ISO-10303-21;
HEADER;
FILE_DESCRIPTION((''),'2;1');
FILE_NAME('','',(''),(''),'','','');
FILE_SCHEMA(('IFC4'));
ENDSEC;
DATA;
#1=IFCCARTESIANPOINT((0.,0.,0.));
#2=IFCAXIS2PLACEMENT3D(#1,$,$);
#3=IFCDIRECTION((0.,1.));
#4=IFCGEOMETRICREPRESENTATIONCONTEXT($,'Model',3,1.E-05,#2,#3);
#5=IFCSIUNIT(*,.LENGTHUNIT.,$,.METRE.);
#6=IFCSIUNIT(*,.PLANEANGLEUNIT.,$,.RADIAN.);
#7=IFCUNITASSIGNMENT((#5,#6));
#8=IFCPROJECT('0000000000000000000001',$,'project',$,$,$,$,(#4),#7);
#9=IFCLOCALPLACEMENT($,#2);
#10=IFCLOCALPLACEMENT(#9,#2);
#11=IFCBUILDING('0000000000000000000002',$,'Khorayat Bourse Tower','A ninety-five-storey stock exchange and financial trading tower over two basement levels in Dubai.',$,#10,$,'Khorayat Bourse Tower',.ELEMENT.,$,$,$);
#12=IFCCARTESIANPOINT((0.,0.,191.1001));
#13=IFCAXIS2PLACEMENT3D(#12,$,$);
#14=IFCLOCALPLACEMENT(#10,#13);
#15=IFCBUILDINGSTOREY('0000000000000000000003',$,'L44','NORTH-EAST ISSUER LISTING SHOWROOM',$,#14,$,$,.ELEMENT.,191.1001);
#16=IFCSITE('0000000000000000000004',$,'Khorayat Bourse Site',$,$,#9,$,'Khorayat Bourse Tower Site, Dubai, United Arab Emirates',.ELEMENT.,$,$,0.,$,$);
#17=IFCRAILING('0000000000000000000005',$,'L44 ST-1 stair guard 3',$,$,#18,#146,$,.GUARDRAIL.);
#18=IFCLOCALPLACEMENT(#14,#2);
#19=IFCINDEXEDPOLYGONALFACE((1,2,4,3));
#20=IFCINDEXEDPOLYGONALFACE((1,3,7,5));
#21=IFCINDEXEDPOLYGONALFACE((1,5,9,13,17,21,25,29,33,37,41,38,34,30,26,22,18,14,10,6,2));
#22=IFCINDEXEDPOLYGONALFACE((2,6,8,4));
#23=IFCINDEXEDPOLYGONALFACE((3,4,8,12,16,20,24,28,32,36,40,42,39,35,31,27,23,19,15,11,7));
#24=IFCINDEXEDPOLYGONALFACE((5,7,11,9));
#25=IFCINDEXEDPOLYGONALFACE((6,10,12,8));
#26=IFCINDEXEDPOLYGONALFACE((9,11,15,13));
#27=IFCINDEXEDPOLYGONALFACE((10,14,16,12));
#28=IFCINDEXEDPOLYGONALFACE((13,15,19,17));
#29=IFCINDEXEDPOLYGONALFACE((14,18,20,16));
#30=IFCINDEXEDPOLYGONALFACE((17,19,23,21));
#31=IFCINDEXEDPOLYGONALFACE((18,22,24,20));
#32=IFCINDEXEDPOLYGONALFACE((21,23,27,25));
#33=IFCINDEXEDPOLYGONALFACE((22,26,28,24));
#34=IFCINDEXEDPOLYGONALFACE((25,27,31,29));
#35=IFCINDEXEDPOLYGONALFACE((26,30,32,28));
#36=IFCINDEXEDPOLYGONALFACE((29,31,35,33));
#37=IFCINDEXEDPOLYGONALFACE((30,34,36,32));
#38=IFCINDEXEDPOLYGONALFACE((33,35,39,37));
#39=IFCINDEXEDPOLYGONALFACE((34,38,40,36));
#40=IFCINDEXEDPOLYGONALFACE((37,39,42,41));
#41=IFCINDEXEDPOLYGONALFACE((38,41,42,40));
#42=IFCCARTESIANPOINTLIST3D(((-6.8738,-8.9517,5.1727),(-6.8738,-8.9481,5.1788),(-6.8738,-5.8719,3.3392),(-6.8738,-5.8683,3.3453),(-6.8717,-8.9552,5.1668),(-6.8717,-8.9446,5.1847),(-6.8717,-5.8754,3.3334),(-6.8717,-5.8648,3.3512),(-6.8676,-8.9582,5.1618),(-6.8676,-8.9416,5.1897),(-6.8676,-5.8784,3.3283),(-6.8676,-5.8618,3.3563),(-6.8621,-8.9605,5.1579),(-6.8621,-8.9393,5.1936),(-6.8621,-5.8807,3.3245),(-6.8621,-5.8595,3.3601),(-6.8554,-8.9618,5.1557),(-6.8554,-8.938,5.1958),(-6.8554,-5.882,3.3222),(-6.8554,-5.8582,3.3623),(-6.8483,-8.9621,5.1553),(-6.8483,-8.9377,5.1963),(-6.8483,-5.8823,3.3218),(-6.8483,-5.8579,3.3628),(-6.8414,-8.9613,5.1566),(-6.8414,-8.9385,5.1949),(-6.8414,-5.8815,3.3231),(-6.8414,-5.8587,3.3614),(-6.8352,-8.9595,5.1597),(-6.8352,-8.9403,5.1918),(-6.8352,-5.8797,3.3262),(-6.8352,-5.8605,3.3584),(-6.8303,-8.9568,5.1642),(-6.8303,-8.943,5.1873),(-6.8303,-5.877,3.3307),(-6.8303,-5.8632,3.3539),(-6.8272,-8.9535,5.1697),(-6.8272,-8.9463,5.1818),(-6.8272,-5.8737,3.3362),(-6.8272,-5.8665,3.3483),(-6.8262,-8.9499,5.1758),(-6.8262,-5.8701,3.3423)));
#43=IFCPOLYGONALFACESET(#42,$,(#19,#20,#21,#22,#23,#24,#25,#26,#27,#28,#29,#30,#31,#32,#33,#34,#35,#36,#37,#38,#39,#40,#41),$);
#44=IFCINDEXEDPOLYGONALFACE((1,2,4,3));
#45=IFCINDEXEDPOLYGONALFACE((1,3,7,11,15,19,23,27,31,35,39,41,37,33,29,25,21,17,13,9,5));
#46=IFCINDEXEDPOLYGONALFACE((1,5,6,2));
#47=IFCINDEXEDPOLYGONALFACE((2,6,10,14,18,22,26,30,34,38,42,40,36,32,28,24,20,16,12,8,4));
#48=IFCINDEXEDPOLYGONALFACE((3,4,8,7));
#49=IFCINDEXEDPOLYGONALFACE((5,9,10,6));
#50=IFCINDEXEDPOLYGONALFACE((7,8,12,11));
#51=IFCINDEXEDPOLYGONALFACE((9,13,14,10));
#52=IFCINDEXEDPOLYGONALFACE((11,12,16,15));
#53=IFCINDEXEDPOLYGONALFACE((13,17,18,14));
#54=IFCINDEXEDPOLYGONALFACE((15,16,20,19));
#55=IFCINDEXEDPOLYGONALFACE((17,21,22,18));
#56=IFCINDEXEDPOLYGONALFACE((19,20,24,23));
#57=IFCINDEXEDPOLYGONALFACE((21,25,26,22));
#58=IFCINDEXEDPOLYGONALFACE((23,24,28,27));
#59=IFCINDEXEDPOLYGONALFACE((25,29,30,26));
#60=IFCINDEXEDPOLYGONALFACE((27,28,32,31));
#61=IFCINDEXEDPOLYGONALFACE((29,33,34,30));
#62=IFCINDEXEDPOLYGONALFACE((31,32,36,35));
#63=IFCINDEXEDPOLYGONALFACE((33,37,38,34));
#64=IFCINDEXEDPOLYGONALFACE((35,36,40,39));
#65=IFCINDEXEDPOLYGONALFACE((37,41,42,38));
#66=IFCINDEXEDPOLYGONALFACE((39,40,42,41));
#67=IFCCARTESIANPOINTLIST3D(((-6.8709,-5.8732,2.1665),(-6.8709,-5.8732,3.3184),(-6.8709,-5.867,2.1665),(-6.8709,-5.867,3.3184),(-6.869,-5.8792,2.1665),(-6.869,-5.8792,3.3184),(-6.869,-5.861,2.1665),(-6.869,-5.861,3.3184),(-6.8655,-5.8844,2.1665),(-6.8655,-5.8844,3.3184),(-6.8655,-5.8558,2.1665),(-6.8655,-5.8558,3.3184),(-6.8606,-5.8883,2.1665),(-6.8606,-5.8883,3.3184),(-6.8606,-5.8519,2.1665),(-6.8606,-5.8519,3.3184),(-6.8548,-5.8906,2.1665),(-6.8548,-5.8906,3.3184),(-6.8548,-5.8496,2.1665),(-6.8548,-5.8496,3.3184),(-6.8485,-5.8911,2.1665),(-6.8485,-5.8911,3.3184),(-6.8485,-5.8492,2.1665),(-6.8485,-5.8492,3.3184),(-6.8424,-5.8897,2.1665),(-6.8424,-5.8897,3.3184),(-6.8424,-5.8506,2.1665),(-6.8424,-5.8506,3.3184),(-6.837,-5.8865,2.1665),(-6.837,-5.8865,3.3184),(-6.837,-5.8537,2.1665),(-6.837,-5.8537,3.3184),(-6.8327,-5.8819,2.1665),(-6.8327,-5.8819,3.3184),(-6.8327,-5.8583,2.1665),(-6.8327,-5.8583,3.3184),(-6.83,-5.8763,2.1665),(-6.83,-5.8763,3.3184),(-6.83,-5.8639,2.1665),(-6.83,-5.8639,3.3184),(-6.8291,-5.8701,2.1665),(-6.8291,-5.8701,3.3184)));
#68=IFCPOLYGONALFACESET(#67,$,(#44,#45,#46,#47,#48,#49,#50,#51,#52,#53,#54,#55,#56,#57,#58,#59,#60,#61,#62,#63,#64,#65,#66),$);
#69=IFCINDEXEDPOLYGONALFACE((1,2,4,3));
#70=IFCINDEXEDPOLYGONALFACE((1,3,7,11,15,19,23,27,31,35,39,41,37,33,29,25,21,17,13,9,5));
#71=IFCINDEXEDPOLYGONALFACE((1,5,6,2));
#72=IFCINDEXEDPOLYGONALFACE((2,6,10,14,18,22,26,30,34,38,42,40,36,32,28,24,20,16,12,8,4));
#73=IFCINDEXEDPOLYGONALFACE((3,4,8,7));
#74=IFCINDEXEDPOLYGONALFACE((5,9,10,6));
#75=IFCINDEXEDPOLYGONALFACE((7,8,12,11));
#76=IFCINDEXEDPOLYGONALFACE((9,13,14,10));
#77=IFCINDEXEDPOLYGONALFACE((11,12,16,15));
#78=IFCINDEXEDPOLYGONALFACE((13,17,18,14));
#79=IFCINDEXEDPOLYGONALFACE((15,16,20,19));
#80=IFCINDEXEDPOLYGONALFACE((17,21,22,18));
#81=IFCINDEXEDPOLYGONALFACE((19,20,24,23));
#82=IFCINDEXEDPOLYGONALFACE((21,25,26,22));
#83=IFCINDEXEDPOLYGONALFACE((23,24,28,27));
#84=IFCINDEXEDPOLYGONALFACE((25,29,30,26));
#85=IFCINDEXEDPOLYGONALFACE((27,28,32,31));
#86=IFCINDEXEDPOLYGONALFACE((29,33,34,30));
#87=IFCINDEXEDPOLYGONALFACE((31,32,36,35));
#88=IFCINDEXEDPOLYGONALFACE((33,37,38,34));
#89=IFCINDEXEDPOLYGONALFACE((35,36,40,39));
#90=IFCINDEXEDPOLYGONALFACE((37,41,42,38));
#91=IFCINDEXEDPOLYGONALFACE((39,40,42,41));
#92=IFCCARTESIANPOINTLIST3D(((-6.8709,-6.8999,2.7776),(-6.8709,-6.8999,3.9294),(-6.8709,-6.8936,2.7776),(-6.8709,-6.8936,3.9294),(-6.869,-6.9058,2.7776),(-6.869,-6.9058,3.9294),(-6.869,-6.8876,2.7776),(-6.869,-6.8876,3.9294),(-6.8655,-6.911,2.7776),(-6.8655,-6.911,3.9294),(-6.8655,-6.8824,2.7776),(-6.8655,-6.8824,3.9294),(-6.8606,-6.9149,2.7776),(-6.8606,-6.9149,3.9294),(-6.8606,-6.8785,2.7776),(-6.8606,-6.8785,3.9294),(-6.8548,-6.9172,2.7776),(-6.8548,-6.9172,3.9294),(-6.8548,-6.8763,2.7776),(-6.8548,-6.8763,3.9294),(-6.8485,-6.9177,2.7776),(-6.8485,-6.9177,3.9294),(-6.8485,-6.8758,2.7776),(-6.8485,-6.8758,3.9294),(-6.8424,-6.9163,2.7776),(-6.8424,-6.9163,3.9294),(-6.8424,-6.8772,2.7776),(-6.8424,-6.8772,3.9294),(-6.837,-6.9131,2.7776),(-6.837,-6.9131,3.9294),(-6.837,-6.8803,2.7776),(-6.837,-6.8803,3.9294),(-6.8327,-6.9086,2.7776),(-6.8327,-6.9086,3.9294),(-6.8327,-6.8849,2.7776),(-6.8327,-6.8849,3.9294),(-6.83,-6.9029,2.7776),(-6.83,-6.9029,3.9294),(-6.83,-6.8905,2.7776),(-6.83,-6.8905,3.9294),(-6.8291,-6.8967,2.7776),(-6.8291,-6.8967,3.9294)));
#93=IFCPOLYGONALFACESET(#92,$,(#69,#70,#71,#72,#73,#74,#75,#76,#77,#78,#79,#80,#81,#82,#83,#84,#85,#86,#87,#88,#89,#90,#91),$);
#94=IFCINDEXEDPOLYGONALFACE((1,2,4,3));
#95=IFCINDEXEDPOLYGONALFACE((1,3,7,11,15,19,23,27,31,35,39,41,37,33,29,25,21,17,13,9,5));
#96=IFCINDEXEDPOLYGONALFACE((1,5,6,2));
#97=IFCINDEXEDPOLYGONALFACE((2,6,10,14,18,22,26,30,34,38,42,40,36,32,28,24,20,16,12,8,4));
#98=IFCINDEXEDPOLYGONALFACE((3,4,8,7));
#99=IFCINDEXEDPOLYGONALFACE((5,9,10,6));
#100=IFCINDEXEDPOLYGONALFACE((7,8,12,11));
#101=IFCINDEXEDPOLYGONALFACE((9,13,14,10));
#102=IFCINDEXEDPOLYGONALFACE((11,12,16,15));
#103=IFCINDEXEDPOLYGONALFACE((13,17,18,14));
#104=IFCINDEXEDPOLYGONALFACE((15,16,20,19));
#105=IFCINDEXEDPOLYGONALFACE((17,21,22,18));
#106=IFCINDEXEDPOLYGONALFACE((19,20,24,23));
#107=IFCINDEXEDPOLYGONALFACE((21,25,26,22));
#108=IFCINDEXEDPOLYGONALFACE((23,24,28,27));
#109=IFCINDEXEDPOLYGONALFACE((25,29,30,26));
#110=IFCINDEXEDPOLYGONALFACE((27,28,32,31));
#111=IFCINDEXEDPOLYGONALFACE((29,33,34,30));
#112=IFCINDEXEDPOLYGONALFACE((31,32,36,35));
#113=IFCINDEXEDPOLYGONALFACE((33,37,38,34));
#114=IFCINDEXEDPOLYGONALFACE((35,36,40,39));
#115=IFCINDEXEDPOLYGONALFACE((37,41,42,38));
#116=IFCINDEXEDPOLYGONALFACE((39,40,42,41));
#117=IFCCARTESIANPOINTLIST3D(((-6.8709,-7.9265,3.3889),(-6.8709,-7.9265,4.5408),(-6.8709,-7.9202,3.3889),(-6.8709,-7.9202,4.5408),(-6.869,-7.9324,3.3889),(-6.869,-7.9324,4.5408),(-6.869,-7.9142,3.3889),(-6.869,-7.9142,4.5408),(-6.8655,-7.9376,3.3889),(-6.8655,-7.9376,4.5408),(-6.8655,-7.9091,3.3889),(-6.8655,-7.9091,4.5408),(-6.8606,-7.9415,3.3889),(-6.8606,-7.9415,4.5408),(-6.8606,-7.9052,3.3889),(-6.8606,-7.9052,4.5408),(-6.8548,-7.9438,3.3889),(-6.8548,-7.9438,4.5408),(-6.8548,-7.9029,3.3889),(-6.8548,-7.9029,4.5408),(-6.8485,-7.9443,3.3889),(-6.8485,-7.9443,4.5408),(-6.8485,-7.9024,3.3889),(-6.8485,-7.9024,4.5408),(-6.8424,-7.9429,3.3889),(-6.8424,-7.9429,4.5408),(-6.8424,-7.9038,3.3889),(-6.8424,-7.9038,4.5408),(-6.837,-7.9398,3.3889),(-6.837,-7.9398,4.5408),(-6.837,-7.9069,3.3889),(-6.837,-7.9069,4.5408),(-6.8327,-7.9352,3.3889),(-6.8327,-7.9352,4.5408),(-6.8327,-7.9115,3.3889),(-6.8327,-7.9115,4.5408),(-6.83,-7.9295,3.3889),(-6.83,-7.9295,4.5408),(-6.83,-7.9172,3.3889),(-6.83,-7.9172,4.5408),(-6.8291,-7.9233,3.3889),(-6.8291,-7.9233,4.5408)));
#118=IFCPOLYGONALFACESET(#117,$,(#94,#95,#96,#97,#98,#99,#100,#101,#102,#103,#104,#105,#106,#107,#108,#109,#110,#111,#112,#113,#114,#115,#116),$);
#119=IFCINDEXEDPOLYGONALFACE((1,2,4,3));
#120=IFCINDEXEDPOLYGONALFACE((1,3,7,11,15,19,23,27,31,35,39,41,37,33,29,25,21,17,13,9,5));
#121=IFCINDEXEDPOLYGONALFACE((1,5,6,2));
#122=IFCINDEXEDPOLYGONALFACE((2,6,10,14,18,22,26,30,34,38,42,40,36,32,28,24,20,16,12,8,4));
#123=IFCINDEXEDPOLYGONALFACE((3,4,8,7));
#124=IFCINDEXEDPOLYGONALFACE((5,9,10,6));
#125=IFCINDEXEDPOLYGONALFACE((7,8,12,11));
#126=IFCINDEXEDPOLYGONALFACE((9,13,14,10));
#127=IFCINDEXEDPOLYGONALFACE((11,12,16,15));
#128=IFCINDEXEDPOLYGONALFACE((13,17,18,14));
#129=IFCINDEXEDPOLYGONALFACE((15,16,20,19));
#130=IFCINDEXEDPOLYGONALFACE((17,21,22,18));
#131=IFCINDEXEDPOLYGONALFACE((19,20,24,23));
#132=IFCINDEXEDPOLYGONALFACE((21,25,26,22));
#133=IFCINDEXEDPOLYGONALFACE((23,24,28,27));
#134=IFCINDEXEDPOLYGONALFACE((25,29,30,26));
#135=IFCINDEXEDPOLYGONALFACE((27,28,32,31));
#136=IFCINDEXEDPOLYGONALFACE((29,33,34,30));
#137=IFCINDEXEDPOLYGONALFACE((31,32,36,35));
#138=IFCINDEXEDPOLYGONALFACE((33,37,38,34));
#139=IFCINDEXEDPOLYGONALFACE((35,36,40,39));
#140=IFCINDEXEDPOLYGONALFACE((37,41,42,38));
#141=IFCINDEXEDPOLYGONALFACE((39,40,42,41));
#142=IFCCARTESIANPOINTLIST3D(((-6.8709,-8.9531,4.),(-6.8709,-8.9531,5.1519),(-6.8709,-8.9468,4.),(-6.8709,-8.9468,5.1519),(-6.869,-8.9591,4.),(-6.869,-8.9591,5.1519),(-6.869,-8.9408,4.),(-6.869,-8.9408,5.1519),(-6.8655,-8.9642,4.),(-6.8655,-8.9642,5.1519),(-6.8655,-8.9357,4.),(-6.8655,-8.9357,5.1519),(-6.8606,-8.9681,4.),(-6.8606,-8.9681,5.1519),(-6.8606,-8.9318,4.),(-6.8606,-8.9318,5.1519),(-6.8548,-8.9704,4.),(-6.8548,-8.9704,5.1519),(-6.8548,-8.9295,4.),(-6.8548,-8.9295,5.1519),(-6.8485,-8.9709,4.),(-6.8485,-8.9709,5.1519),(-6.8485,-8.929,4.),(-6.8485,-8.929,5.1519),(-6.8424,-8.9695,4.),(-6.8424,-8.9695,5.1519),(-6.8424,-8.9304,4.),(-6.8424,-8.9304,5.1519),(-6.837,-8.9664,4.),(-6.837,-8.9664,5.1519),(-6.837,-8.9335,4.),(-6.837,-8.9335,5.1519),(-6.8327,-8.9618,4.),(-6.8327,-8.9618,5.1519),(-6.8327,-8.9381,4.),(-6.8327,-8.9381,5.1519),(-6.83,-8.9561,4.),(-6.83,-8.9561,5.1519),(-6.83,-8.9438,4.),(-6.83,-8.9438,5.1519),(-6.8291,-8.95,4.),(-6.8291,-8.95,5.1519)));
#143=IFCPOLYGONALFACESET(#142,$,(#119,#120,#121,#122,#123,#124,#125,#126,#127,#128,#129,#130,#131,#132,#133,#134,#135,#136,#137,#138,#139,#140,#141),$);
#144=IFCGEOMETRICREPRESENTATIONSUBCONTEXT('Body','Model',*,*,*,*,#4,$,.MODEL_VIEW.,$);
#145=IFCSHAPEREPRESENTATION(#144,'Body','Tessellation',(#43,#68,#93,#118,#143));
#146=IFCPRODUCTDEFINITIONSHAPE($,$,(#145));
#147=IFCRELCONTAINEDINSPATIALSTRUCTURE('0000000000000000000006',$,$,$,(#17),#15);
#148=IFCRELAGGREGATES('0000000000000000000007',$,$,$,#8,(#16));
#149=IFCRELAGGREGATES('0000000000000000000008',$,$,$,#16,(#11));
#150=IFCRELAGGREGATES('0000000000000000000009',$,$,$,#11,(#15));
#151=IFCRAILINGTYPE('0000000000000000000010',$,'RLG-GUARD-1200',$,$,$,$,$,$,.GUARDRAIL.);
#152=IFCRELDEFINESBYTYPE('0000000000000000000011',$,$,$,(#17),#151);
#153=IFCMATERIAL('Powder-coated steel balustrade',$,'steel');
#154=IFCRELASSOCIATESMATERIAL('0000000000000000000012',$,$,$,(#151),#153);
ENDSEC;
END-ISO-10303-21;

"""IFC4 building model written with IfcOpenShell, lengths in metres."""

from ifc_helpers import new_model, si_unit, direction, frame, origin, origin_2d, place, context, subcontext, project, spatial, circle, extrude, source, transform, mapped, material, type_object, element, save


model = new_model("IFC4")

# Units and contexts
model_context = context("Model", 3, precision=1e-05, world=origin(), true_north=direction((0.0, 1.0)))
body_context = subcontext(model_context, "Body", "Model", "MODEL_VIEW")
ifc_project = project(units=[si_unit("LENGTHUNIT", "METRE"), si_unit("PLANEANGLEUNIT", "RADIAN")], contexts=[model_context])

# Site, building, storey
site_placement = place(None, origin())
site = spatial("IfcSite", under=ifc_project, at=site_placement, Name="Khorayat Bourse Site", LongName="Khorayat Bourse Tower Site, Dubai, United Arab Emirates", CompositionType="ELEMENT", RefElevation=0.0)
building_placement = place(site_placement, origin())
building = spatial("IfcBuilding", under=site, at=building_placement, Name="Khorayat Bourse Tower", Description="A ninety-five-storey stock exchange and financial trading tower over two basement levels in Dubai.", LongName="Khorayat Bourse Tower", CompositionType="ELEMENT")
storey_placement = place(building_placement, frame((0.0, 0.0, 191.1001)))
storey = spatial("IfcBuildingStorey", under=building, at=storey_placement, Name="L44", Description="NORTH-EAST ISSUER LISTING SHOWROOM", CompositionType="ELEMENT", Elevation=191.1001)

# Railing
ifc_material_1 = material(Name="Powder-coated steel balustrade", Category="steel")
railing_type_1 = type_object("IfcRailingType", Name="RLG-GUARD-1200", PredefinedType="GUARDRAIL", material=ifc_material_1)
shared_shape_1 = source(origin(), body_context, "Body", "SweptSolid", [
    extrude(circle(Radius=0.0239, at=origin_2d()), frame((0.0, 0.0, 1.1758), z_axis=(0.0, -0.859261, 0.511538), x_axis=(1.0, 0.0, 0.0)), (0.0, 0.0, 1.0), 3.5842),
    extrude(circle(Radius=0.021, at=origin_2d()), origin(), (0.0, 0.0, 1.0), 1.1519),
    extrude(circle(Radius=0.021, at=origin_2d()), frame((0.0, -1.0266, 0.6111)), (0.0, 0.0, 1.0), 1.1519),
    extrude(circle(Radius=0.021, at=origin_2d()), frame((0.0, -2.0532, 1.2224)), (0.0, 0.0, 1.0), 1.1519),
    extrude(circle(Radius=0.021, at=origin_2d()), frame((0.0, -3.0798, 1.8335)), (0.0, 0.0, 1.0), 1.1519),
])
railing_1_placement = place(storey_placement, frame((-6.8501, -5.8701, 2.1665)))
element("IfcRailing", 1, at=railing_1_placement, inside=storey, type_object=railing_type_1, Name="L44 ST-1 stair guard 3", PredefinedType="GUARDRAIL", context=body_context, shape_type="MappedRepresentation", body=[
    mapped(shared_shape_1, transform((0.0, 0.0, 0.0), scale=1.0)),
])

save(model, "model.ifc")
